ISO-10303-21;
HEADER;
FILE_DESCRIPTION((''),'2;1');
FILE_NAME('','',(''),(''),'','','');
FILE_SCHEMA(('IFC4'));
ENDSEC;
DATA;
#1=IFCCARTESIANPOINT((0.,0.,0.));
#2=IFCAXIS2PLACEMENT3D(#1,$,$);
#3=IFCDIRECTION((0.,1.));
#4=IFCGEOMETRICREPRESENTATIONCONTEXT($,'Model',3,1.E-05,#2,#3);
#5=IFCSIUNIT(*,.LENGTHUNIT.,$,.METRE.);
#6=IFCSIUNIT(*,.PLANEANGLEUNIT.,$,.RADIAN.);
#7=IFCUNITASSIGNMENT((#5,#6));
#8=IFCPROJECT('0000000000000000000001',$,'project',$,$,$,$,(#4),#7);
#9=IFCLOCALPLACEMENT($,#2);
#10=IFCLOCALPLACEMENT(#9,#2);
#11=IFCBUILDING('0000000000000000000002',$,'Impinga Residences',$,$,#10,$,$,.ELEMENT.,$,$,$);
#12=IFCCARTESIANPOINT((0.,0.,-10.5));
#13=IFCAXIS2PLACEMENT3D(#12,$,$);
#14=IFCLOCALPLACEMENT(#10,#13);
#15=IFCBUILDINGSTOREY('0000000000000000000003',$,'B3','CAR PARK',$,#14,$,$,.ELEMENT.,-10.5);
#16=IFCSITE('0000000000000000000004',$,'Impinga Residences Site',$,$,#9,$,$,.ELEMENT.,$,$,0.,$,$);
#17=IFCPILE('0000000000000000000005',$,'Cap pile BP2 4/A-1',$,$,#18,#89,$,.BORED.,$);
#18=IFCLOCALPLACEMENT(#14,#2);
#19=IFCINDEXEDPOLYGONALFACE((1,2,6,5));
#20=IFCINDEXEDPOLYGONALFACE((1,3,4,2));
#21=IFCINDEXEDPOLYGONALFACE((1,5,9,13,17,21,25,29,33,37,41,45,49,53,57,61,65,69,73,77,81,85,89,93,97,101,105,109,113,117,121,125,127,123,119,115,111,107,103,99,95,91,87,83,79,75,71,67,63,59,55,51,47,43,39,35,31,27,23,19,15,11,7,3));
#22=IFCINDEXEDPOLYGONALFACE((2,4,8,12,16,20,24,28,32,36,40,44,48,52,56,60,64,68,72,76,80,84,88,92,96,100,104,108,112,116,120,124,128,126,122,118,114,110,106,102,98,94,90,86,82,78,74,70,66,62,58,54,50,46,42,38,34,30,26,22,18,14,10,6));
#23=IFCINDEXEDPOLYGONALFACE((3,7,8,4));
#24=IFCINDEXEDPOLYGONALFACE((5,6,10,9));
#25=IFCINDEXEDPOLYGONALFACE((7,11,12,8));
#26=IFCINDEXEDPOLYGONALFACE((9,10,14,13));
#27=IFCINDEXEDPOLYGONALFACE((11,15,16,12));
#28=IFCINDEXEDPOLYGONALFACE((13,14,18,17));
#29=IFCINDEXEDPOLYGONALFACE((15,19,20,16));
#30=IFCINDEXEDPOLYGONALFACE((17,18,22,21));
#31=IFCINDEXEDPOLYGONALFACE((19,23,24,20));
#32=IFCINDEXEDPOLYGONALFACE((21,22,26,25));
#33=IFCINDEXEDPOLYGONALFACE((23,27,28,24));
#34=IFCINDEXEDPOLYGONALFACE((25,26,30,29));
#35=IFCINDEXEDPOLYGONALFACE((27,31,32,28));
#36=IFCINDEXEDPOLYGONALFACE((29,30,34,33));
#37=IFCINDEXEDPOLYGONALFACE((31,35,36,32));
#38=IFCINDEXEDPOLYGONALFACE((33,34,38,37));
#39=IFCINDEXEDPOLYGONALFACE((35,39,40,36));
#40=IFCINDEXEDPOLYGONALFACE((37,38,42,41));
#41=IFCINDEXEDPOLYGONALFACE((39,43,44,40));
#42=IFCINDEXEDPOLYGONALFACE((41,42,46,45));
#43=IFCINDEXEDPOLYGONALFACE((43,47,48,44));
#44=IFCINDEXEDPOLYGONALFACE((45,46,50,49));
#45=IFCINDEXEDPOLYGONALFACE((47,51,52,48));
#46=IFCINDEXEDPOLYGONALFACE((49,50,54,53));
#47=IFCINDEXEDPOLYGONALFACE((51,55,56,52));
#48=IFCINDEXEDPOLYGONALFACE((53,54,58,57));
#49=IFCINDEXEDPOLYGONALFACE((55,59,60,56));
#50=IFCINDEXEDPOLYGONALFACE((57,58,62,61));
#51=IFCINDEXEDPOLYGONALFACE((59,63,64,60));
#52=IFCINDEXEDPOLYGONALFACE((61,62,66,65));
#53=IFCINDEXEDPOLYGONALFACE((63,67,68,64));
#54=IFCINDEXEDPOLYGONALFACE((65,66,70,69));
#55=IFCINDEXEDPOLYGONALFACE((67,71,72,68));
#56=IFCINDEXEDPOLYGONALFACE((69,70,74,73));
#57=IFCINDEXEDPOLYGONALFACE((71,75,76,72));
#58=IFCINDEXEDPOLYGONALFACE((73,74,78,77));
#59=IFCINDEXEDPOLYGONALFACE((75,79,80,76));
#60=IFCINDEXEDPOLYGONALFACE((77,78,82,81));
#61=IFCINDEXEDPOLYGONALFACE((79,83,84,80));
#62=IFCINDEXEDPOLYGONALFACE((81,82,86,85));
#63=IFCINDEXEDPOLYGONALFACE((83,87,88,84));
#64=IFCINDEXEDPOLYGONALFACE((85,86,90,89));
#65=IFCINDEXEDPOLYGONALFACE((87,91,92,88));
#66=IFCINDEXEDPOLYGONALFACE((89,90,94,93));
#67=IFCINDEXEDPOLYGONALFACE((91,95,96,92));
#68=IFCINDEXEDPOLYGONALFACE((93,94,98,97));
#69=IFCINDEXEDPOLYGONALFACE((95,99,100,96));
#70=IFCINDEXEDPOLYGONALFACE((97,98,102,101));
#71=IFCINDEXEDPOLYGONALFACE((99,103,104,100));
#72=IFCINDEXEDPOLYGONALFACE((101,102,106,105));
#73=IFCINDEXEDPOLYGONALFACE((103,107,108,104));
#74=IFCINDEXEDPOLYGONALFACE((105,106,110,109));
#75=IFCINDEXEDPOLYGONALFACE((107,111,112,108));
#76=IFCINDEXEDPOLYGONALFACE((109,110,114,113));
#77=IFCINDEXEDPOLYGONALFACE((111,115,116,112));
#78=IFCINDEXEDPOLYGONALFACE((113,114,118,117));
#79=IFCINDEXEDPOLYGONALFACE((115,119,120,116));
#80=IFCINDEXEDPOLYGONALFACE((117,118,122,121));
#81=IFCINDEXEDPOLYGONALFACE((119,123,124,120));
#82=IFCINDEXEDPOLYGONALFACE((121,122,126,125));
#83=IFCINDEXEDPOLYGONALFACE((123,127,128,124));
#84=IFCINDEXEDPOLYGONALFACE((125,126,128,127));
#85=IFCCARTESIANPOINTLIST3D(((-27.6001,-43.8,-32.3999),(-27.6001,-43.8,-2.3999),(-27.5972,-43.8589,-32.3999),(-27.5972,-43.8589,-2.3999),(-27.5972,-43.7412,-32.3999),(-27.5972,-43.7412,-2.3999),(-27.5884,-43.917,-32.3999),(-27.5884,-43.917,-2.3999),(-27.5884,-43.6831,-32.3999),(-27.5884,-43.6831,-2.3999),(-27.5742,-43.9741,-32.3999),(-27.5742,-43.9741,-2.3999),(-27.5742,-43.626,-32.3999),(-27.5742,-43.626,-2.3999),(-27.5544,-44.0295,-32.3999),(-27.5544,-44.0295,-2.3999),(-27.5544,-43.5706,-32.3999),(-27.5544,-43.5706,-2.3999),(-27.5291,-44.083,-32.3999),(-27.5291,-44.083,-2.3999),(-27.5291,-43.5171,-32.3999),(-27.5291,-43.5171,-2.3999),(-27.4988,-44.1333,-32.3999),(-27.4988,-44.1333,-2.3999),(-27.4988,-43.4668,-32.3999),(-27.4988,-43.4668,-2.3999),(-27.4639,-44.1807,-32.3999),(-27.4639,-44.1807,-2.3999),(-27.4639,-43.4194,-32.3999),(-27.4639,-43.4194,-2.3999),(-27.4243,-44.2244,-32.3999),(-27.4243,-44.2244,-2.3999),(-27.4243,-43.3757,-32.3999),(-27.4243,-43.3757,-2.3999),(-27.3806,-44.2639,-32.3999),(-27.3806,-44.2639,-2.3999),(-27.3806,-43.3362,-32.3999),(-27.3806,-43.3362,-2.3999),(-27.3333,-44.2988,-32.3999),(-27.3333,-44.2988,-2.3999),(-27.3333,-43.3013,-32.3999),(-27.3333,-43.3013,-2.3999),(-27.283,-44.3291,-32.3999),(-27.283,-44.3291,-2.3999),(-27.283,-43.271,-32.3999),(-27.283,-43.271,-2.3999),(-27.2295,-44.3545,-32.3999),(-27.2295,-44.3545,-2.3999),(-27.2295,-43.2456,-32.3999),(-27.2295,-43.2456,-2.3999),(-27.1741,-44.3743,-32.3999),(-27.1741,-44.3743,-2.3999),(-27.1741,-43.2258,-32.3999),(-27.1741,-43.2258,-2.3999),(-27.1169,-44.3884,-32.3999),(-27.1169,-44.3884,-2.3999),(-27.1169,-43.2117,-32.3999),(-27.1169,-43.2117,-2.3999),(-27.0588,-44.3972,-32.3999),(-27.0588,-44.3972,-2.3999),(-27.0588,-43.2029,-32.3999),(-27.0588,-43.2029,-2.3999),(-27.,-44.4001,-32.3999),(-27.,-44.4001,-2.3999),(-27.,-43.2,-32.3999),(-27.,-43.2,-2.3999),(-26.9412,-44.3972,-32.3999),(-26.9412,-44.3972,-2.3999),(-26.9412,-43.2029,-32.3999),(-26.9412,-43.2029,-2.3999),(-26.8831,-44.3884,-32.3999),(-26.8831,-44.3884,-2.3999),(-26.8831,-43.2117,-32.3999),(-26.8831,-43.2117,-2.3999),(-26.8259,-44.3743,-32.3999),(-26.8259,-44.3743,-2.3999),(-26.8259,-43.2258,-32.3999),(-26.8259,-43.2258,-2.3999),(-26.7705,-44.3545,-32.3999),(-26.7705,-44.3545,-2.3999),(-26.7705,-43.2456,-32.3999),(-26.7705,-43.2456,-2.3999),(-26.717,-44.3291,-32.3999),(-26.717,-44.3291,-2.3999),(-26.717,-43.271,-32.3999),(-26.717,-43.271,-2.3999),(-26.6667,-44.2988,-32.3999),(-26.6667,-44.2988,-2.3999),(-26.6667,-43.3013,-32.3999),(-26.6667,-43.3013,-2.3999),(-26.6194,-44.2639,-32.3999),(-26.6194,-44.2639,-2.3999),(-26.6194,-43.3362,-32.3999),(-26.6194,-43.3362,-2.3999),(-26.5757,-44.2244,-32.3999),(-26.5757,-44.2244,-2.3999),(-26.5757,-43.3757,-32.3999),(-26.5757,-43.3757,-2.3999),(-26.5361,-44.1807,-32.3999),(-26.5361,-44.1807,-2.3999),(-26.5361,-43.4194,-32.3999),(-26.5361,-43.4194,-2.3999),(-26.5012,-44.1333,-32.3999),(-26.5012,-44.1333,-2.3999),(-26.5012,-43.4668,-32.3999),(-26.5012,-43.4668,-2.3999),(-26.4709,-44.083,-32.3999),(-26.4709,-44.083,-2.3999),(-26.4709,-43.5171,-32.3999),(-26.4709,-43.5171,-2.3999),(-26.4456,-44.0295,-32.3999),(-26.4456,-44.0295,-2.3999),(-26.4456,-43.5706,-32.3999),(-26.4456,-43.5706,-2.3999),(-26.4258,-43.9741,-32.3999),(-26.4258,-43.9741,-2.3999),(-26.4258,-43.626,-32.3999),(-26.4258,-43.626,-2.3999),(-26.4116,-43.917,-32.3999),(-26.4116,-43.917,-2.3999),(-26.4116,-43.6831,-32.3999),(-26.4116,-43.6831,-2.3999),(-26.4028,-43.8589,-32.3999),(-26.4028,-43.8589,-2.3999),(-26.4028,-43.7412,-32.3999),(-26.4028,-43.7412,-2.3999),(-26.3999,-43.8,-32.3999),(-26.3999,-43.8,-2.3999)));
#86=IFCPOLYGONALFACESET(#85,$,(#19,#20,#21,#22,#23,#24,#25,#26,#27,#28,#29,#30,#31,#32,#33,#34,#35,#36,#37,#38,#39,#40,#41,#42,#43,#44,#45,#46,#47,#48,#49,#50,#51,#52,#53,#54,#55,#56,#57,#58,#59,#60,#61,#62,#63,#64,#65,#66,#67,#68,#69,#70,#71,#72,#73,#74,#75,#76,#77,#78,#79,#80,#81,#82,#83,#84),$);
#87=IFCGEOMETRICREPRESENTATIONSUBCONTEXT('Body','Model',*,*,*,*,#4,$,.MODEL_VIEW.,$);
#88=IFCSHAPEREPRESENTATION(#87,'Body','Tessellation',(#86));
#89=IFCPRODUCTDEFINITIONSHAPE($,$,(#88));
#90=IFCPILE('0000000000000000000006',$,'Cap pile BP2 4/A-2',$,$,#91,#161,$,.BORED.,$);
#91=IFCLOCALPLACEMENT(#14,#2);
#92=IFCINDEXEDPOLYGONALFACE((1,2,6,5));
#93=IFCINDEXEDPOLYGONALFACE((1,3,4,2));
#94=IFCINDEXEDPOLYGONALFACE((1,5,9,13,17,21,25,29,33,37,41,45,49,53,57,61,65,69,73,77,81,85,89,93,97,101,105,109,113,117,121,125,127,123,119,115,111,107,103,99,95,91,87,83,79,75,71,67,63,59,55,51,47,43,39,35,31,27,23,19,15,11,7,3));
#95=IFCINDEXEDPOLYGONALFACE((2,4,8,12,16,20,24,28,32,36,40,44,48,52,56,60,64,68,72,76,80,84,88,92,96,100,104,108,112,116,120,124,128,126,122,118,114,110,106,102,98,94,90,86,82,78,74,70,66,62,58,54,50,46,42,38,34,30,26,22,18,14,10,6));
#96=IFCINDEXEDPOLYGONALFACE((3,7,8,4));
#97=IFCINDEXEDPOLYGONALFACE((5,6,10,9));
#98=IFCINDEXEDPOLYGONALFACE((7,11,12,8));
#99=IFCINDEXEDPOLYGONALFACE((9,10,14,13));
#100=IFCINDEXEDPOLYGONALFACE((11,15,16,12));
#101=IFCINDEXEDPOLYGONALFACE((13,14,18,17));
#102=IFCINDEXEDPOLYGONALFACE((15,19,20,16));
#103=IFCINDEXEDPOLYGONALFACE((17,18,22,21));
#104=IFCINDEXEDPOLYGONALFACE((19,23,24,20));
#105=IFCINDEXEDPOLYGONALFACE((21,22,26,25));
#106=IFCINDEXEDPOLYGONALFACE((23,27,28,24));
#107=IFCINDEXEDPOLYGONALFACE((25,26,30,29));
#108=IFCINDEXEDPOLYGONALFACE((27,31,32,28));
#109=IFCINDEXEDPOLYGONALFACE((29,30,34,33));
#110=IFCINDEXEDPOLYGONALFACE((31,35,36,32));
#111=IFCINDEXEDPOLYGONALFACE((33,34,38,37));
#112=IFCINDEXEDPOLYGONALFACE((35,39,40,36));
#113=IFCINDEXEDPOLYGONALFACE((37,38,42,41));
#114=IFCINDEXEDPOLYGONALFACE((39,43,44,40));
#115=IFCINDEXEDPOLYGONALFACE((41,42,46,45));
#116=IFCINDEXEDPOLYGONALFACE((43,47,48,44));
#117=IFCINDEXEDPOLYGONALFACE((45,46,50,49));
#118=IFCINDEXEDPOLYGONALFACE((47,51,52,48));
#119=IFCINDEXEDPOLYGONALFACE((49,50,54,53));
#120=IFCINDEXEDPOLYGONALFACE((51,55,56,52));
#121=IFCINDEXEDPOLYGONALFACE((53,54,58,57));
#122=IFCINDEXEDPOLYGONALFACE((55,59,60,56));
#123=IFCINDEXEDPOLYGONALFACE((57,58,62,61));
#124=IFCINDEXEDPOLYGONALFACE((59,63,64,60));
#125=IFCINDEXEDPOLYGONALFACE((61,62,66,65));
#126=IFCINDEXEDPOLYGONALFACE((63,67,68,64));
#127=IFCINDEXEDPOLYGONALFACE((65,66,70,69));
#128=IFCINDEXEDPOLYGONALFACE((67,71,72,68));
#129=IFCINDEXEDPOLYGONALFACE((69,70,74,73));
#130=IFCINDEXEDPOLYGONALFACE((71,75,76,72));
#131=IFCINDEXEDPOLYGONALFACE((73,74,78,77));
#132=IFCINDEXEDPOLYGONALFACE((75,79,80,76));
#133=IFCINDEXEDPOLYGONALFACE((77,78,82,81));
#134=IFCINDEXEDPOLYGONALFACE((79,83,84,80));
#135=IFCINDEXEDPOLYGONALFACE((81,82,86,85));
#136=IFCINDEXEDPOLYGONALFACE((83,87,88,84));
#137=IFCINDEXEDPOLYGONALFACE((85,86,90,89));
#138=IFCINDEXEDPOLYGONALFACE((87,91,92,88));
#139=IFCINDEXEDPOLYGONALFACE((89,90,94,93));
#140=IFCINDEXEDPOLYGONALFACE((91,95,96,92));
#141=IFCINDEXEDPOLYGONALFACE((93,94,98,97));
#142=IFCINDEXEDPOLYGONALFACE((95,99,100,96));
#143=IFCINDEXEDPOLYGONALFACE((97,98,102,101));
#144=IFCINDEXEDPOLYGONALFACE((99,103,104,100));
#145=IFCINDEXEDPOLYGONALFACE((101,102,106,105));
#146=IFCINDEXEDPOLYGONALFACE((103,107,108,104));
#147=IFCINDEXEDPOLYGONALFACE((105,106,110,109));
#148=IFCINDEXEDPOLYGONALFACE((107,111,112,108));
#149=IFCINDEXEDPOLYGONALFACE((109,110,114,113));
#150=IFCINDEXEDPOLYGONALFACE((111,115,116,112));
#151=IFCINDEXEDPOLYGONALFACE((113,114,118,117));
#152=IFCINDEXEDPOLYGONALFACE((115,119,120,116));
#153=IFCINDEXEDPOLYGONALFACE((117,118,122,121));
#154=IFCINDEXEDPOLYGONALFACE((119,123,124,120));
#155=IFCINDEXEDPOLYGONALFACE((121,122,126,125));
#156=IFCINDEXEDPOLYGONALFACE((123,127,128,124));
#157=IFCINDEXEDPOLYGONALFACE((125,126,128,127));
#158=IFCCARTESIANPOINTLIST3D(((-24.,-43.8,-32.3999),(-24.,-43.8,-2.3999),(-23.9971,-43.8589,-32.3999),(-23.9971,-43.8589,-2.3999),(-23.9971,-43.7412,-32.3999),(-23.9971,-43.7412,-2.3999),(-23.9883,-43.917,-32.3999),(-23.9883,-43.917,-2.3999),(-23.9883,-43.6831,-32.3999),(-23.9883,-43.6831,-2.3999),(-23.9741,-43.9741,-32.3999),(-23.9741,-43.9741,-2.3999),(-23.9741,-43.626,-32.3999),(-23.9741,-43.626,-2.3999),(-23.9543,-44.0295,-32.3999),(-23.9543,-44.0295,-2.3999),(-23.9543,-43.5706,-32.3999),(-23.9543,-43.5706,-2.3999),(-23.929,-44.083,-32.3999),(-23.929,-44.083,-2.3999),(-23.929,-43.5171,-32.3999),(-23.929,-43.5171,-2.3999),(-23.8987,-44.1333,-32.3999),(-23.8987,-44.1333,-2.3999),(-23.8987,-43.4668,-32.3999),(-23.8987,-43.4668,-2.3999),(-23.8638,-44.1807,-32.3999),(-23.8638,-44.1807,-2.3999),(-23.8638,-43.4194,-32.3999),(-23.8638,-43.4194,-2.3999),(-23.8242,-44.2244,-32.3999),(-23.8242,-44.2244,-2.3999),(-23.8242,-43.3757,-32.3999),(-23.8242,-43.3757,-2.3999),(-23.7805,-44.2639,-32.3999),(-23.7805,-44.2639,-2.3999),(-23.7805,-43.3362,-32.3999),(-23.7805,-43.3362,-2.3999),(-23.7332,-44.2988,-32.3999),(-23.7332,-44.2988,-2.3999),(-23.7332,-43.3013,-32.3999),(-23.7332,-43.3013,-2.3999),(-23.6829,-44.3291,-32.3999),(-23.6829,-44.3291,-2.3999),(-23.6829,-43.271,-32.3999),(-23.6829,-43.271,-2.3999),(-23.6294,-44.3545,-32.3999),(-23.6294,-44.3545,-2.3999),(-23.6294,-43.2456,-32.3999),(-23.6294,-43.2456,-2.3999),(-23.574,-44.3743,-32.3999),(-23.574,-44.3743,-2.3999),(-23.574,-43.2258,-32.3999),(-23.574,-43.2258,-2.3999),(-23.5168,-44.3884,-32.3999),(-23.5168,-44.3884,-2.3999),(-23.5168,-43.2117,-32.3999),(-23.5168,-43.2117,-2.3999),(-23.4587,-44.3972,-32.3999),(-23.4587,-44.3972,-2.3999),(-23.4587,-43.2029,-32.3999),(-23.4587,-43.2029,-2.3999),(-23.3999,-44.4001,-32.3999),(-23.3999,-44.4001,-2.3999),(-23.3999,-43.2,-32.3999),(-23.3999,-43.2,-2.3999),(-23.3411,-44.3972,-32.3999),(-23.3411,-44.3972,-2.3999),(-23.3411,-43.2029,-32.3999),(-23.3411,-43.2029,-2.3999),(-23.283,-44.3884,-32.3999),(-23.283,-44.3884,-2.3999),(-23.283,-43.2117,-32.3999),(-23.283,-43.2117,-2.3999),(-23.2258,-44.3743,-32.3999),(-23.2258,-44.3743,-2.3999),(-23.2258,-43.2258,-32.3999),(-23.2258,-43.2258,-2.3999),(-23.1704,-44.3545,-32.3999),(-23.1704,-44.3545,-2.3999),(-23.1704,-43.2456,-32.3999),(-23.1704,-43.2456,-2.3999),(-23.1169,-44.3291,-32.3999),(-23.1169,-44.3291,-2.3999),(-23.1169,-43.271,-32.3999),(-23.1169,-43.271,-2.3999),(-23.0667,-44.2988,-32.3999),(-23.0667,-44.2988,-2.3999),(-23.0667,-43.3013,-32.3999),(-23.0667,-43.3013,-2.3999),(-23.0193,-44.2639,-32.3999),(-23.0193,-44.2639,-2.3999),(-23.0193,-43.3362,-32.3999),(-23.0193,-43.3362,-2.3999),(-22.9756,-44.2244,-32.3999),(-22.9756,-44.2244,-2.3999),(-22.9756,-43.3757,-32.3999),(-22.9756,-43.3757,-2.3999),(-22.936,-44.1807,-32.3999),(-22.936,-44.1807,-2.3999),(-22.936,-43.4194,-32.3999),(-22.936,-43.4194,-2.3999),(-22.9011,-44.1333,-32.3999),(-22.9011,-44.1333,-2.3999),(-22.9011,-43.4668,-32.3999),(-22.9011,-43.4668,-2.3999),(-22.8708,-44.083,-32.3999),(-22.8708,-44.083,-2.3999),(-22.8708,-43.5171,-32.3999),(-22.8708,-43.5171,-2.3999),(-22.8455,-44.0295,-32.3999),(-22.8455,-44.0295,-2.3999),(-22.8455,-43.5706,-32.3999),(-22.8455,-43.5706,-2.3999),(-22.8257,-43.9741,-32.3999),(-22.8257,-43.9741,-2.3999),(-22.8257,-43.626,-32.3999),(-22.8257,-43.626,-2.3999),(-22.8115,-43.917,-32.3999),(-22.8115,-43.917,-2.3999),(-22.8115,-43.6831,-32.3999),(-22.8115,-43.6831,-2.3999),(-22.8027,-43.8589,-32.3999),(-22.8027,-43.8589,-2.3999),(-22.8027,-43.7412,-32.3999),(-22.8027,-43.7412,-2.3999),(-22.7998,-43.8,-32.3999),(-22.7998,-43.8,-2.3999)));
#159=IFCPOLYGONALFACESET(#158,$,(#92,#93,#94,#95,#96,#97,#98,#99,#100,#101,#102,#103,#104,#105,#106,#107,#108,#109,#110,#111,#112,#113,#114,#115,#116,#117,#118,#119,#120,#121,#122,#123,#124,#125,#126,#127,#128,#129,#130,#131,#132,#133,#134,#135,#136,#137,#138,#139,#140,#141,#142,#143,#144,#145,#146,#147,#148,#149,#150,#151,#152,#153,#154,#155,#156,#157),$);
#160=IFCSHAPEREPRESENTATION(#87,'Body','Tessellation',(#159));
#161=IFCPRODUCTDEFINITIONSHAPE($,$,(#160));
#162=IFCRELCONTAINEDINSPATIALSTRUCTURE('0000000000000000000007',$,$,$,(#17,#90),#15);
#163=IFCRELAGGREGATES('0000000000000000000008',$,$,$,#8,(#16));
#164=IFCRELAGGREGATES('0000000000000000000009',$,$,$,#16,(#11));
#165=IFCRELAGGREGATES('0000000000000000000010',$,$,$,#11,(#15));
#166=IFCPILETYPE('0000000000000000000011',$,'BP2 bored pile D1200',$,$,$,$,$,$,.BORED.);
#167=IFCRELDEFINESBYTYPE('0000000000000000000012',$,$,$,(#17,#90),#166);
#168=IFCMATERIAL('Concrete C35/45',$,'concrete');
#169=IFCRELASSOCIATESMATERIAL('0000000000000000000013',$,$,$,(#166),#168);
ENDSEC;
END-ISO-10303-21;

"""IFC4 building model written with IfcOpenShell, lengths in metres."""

from ifc_helpers import new_model, si_unit, direction, frame, origin, origin_2d, place, context, subcontext, project, spatial, polyline, circle, outline, extrude, material, material_profile, profile_set, type_object, element, save


model = new_model("IFC4")

# Units and contexts
model_context = context("Model", 3, precision=1e-05, world=origin(), true_north=direction((0.0, 1.0)))
body_context = subcontext(model_context, "Body", "Model", "MODEL_VIEW")
ifc_project = project(units=[si_unit("LENGTHUNIT", "METRE"), si_unit("PLANEANGLEUNIT", "RADIAN")], contexts=[model_context])

# Site, building, storey
site_placement = place(None, origin())
site = spatial("IfcSite", under=ifc_project, at=site_placement, Name="Impinga Residences Site", CompositionType="ELEMENT", RefElevation=0.0)
building_placement = place(site_placement, origin())
building = spatial("IfcBuilding", under=site, at=building_placement, Name="Impinga Residences", CompositionType="ELEMENT")
storey_placement = place(building_placement, frame((0.0, 0.0, -10.5)))
storey = spatial("IfcBuildingStorey", under=building, at=storey_placement, Name="B3", Description="CAR PARK", CompositionType="ELEMENT", Elevation=-10.5)

# Piles
ifc_material_1 = material(Name="Concrete C35/45", Category="concrete")
ifc_material_profile_1 = material_profile(ifc_material_1, circle(Radius=0.6001, at=origin_2d()), Name="D1200")
ifc_profile_set_1 = profile_set([ifc_material_profile_1], Name="Concrete C35/45")
pile_type_1 = type_object("IfcPileType", Name="BP2 bored pile D1200", PredefinedType="BORED", material=ifc_profile_set_1)
pile_1_placement = place(storey_placement, frame((-27.0, -43.8, -2.3999), z_axis=(0.0, 0.0, -1.0), x_axis=(1.0, 0.0, 0.0)))
element("IfcPile", 1, at=pile_1_placement, inside=storey, type_object=pile_type_1, Name="Cap pile BP2 4/A-1", PredefinedType="BORED", context=body_context, shape_type="SweptSolid", body=[
    extrude(outline(polyline([(0.6001, 0.0), (0.5972, 0.0588), (0.5884, 0.1169), (0.5742, 0.1741), (0.5544, 0.2295), (0.5291, 0.283), (0.4988, 0.3333), (0.4639, 0.3806), (0.4243, 0.4243), (0.3806, 0.4639), (0.3333, 0.4988), (0.283, 0.5291), (0.2295, 0.5544), (0.1741, 0.5742), (0.1169, 0.5884), (0.0588, 0.5972), (0.0, 0.6001), (-0.0588, 0.5972), (-0.1169, 0.5884), (-0.1741, 0.5742), (-0.2295, 0.5544), (-0.283, 0.5291), (-0.3333, 0.4988), (-0.3806, 0.4639), (-0.4243, 0.4243), (-0.4639, 0.3806), (-0.4988, 0.3333), (-0.5291, 0.283), (-0.5544, 0.2295), (-0.5742, 0.1741), (-0.5884, 0.1169), (-0.5972, 0.0588), (-0.6001, 0.0), (-0.5972, -0.0588), (-0.5884, -0.1169), (-0.5742, -0.1741), (-0.5544, -0.2295), (-0.5291, -0.283), (-0.4988, -0.3333), (-0.4639, -0.3806), (-0.4243, -0.4243), (-0.3806, -0.4639), (-0.3333, -0.4988), (-0.283, -0.5291), (-0.2295, -0.5544), (-0.1741, -0.5742), (-0.1169, -0.5884), (-0.0588, -0.5972), (0.0, -0.6001), (0.0588, -0.5972), (0.1169, -0.5884), (0.1741, -0.5742), (0.2295, -0.5544), (0.283, -0.5291), (0.3333, -0.4988), (0.3806, -0.4639), (0.4243, -0.4243), (0.4639, -0.3806), (0.4988, -0.3333), (0.5291, -0.283), (0.5544, -0.2295), (0.5742, -0.1741), (0.5884, -0.1169), (0.5972, -0.0588), (0.6001, 0.0)])), origin(), (0.0, 0.0, 1.0), 30.0),
])
pile_2_placement = place(storey_placement, frame((-23.3999, -43.8, -2.3999), z_axis=(0.0, 0.0, -1.0), x_axis=(1.0, 0.0, 0.0)))
element("IfcPile", 2, at=pile_2_placement, inside=storey, type_object=pile_type_1, Name="Cap pile BP2 4/A-2", PredefinedType="BORED", context=body_context, shape_type="SweptSolid", body=[
    extrude(outline(polyline([(0.6001, 0.0), (0.5972, 0.0588), (0.5884, 0.1169), (0.5742, 0.1741), (0.5544, 0.2295), (0.5291, 0.283), (0.4988, 0.3333), (0.4639, 0.3806), (0.4243, 0.4243), (0.3806, 0.4639), (0.3333, 0.4988), (0.283, 0.5291), (0.2295, 0.5544), (0.1741, 0.5742), (0.1169, 0.5884), (0.0588, 0.5972), (0.0, 0.6001), (-0.0588, 0.5972), (-0.1169, 0.5884), (-0.1741, 0.5742), (-0.2295, 0.5544), (-0.283, 0.5291), (-0.3333, 0.4988), (-0.3806, 0.4639), (-0.4243, 0.4243), (-0.4639, 0.3806), (-0.4988, 0.3333), (-0.5291, 0.283), (-0.5544, 0.2295), (-0.5742, 0.1741), (-0.5884, 0.1169), (-0.5972, 0.0588), (-0.6001, 0.0), (-0.5972, -0.0588), (-0.5884, -0.1169), (-0.5742, -0.1741), (-0.5544, -0.2295), (-0.5291, -0.283), (-0.4988, -0.3333), (-0.4639, -0.3806), (-0.4243, -0.4243), (-0.3806, -0.4639), (-0.3333, -0.4988), (-0.283, -0.5291), (-0.2295, -0.5544), (-0.1741, -0.5742), (-0.1169, -0.5884), (-0.0588, -0.5972), (0.0, -0.6001), (0.0588, -0.5972), (0.1169, -0.5884), (0.1741, -0.5742), (0.2295, -0.5544), (0.283, -0.5291), (0.3333, -0.4988), (0.3806, -0.4639), (0.4243, -0.4243), (0.4639, -0.3806), (0.4988, -0.3333), (0.5291, -0.283), (0.5544, -0.2295), (0.5742, -0.1741), (0.5884, -0.1169), (0.5972, -0.0588), (0.6001, 0.0)])), origin(), (0.0, 0.0, 1.0), 30.0),
])

save(model, "model.ifc")
